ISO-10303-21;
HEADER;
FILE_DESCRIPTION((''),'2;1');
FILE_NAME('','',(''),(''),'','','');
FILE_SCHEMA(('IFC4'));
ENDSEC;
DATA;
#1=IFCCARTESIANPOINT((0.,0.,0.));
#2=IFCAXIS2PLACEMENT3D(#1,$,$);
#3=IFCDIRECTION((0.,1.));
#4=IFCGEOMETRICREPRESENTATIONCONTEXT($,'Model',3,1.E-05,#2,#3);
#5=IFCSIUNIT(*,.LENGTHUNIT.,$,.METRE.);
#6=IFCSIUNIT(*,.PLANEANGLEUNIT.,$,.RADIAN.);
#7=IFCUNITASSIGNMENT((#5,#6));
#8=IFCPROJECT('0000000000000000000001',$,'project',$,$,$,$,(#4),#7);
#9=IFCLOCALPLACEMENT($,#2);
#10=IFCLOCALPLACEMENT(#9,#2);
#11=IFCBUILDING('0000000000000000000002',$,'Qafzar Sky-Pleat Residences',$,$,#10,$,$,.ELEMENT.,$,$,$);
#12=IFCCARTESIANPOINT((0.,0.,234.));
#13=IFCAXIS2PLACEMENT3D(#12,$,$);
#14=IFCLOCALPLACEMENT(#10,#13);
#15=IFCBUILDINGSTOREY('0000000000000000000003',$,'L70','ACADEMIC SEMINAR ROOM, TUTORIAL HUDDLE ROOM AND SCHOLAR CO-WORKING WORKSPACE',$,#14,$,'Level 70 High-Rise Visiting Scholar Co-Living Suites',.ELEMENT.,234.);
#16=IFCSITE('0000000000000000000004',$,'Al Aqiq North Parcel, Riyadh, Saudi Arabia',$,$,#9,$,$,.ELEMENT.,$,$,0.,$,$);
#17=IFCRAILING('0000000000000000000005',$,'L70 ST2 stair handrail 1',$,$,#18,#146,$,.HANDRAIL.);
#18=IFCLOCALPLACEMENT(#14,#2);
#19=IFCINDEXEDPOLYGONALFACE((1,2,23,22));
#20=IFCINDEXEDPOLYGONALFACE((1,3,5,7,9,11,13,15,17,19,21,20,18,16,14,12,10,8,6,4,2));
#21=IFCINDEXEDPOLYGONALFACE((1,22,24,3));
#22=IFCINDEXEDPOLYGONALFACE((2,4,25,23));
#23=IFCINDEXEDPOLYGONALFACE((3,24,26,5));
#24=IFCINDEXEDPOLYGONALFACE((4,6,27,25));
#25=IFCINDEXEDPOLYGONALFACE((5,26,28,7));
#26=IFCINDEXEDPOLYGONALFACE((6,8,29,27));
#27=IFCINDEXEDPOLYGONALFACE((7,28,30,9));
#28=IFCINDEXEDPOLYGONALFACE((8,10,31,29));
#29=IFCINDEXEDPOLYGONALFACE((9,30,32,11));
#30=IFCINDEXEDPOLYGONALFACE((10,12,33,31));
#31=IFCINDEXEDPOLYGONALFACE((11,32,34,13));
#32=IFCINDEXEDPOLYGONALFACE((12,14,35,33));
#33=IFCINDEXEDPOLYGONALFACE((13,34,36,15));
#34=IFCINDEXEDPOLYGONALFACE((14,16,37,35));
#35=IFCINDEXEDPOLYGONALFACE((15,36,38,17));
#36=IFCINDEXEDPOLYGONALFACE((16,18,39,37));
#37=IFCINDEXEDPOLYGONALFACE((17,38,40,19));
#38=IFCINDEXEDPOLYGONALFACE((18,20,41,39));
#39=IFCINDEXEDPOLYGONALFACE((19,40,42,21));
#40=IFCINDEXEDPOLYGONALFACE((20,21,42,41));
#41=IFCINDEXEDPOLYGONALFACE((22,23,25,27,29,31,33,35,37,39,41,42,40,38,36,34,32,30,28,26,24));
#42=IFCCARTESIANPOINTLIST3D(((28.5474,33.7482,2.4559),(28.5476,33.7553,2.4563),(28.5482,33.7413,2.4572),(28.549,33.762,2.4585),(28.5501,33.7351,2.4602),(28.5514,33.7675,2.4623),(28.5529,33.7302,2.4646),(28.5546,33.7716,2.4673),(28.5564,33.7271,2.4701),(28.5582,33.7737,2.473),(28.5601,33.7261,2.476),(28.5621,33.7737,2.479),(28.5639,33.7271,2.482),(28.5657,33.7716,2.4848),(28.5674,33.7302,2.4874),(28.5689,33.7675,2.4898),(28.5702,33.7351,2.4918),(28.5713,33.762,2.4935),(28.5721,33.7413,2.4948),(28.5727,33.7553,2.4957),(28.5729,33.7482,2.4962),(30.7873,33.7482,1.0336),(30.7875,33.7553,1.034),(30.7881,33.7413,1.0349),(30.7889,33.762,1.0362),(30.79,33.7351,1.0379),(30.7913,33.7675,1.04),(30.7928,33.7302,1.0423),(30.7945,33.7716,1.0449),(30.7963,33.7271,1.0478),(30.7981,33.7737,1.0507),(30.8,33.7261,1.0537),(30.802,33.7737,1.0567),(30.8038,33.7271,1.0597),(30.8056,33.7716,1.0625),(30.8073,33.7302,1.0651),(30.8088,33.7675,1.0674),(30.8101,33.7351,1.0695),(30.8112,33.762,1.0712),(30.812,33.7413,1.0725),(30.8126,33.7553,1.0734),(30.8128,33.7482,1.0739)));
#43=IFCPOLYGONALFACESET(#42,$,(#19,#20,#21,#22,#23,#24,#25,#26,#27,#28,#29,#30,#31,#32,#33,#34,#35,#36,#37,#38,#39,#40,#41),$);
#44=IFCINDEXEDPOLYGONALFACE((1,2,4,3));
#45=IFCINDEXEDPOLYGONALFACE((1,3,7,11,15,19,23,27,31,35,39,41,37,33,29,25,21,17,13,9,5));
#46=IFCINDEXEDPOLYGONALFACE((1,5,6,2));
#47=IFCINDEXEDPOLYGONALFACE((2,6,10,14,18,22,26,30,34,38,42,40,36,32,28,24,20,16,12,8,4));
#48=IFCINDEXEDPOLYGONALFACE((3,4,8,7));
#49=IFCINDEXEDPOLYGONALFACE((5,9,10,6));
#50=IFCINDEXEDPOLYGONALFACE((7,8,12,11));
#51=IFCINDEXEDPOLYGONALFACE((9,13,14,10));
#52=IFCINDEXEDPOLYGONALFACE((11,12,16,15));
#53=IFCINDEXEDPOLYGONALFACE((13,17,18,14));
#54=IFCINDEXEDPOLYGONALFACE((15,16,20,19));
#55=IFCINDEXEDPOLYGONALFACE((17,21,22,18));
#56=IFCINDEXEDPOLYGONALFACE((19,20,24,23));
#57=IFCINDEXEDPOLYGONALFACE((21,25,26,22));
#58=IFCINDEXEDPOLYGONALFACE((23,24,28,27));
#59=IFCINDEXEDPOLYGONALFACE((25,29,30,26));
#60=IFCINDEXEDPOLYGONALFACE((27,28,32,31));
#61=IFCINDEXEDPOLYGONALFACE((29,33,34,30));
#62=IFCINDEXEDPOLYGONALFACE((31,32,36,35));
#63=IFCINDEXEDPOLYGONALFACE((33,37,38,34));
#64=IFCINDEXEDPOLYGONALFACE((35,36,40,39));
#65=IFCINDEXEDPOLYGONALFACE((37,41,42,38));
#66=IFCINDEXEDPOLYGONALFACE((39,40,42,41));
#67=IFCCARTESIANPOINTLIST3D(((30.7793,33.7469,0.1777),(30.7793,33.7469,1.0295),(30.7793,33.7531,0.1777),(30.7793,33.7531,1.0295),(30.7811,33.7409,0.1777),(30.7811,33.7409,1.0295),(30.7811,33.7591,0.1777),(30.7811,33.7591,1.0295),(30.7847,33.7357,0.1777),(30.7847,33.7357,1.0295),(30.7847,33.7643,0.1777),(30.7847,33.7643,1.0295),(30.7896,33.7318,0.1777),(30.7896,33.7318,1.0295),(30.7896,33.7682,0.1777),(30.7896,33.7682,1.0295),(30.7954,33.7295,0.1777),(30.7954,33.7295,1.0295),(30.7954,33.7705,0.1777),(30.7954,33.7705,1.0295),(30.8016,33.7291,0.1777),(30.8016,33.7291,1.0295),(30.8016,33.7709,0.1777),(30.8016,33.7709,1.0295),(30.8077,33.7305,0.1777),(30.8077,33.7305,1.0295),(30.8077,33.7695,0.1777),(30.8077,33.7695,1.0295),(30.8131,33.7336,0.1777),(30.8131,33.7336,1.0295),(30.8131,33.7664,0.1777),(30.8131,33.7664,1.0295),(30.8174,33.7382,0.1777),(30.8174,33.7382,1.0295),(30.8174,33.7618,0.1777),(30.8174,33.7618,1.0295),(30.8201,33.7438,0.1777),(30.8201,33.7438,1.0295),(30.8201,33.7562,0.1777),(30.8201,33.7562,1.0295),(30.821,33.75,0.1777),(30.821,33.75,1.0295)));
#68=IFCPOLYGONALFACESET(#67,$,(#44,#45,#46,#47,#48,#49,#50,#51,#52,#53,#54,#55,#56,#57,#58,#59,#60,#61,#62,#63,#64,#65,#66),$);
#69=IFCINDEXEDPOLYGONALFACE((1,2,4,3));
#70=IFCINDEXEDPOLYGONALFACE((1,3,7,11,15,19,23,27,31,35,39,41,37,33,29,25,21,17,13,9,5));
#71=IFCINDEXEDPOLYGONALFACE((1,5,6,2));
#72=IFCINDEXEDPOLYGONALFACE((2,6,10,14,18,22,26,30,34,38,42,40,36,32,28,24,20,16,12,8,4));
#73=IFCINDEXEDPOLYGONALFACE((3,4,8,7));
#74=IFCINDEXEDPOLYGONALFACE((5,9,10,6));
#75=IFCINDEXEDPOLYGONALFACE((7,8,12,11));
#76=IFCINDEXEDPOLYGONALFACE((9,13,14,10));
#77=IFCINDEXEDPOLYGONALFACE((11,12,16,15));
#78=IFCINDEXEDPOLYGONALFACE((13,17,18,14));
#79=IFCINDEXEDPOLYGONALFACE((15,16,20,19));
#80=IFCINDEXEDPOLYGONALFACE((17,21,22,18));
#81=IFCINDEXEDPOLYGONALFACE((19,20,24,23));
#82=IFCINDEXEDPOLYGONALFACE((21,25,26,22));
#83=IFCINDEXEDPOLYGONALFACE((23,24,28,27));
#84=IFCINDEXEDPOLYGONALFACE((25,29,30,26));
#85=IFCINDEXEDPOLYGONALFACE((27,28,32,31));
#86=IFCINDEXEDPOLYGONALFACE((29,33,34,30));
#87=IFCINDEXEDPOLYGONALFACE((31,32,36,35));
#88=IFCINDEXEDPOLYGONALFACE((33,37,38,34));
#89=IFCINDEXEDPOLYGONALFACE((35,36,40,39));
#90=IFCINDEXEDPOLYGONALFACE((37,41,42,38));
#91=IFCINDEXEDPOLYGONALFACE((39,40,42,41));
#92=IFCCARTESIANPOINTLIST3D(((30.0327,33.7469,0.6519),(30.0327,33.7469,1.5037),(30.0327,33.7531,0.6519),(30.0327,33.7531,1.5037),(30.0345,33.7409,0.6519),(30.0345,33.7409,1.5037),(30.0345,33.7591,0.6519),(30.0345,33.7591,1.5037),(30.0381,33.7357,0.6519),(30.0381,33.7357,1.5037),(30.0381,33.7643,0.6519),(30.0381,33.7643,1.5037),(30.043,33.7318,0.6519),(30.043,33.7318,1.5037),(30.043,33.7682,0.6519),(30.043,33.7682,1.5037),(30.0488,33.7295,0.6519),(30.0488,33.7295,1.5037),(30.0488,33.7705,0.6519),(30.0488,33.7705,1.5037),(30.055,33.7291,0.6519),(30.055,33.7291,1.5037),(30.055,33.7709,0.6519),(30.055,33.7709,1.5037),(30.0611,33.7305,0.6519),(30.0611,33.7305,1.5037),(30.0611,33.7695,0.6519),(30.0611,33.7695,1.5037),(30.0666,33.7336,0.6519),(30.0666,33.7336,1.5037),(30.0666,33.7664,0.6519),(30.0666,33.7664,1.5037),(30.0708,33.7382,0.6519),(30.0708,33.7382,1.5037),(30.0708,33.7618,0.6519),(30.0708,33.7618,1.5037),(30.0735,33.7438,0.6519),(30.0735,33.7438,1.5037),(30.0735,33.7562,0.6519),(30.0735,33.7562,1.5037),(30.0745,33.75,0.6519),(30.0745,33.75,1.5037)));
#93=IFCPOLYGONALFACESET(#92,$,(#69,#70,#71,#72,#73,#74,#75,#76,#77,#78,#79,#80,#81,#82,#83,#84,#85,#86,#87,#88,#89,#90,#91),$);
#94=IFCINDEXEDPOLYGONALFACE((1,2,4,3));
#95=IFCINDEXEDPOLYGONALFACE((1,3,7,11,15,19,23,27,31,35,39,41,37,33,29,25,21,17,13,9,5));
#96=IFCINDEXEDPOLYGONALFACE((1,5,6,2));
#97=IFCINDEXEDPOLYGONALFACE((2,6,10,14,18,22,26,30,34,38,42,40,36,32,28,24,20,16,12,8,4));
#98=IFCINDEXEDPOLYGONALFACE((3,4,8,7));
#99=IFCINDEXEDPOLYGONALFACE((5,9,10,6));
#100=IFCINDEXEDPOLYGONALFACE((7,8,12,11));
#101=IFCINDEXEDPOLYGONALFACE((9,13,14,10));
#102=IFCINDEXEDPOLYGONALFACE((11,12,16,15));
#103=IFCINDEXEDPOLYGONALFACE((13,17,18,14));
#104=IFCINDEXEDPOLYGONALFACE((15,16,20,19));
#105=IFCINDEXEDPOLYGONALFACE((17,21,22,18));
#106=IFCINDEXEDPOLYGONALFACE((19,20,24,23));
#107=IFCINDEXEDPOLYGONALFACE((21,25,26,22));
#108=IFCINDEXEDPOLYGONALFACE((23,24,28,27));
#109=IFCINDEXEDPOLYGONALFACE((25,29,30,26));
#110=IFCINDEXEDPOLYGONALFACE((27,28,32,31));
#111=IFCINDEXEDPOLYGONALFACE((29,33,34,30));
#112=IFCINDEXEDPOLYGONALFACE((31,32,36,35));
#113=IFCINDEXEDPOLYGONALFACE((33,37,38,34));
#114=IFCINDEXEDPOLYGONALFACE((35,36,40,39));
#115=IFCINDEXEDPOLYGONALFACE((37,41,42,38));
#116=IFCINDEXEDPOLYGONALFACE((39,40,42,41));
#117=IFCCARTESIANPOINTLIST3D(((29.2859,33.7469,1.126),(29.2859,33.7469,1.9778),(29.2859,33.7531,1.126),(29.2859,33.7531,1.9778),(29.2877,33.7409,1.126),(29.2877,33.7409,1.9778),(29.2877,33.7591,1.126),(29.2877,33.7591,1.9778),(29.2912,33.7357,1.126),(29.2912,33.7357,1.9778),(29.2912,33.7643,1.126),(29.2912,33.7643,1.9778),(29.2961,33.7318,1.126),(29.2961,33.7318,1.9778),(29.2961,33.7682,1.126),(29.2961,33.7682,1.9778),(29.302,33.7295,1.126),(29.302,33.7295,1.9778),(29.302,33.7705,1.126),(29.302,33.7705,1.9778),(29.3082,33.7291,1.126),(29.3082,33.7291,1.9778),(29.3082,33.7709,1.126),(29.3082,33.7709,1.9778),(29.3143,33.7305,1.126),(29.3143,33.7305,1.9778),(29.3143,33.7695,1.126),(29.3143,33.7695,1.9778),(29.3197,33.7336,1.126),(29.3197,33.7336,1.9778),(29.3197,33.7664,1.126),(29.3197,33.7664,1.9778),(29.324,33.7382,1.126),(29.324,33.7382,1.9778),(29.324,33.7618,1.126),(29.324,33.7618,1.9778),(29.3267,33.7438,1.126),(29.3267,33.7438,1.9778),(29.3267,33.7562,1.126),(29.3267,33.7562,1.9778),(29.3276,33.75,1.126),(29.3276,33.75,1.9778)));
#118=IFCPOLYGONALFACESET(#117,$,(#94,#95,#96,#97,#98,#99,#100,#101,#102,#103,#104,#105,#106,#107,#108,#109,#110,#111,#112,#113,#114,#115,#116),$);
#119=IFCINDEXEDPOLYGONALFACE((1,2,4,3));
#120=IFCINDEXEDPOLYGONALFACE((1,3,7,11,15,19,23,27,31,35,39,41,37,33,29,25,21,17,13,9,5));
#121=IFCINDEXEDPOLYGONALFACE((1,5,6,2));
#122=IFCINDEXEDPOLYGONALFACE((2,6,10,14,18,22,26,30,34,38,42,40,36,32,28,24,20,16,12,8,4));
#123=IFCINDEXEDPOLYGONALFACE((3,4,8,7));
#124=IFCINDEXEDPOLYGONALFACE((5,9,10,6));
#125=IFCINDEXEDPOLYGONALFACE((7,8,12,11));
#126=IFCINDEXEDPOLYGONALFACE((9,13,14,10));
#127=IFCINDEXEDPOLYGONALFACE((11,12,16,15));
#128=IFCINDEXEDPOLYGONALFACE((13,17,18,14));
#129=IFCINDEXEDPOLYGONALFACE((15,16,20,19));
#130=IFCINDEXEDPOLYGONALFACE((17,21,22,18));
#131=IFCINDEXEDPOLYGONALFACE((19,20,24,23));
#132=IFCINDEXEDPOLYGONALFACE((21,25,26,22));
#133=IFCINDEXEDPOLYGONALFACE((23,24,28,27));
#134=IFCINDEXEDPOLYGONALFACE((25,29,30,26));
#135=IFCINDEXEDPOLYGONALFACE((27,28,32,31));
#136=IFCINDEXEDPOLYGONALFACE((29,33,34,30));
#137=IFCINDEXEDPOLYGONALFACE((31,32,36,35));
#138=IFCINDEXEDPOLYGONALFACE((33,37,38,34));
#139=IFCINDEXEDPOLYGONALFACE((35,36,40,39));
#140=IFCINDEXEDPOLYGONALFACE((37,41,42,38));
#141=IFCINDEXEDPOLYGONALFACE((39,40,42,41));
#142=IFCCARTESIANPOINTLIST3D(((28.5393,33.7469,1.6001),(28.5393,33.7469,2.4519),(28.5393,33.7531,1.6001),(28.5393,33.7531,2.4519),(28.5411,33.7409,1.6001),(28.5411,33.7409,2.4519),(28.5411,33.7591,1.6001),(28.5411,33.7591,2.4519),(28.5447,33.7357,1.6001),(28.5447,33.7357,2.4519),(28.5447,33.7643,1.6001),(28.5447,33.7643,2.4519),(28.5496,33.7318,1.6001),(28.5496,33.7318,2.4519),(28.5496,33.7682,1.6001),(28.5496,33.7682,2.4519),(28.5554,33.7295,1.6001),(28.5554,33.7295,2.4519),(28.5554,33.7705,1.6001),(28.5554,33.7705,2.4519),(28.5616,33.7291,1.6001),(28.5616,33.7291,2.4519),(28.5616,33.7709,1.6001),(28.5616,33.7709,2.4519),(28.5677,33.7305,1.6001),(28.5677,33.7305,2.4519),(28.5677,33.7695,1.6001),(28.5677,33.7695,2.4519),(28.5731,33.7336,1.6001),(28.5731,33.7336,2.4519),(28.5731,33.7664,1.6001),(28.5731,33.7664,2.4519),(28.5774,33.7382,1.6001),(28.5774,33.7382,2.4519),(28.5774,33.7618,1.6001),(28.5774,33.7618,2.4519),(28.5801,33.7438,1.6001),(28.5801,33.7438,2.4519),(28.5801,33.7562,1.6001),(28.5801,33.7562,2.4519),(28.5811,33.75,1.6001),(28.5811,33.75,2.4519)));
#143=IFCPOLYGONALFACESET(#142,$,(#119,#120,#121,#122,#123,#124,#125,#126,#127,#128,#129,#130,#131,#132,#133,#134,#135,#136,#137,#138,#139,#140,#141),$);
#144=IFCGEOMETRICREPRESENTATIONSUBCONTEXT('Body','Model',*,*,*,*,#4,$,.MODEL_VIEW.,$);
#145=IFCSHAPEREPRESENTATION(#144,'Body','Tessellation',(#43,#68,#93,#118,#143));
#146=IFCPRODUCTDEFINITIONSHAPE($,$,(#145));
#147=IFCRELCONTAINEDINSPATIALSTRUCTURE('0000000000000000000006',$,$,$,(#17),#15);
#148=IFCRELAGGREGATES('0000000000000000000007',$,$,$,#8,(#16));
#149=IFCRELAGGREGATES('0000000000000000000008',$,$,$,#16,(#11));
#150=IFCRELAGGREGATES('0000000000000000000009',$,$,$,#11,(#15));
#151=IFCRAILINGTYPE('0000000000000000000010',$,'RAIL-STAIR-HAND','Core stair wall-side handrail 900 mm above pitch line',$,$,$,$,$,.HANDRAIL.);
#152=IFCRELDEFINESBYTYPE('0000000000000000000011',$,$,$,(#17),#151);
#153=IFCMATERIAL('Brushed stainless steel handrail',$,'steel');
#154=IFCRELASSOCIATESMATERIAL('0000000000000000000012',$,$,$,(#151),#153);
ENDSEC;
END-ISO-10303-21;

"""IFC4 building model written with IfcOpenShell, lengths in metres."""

from ifc_helpers import new_model, si_unit, direction, frame, origin, origin_2d, place, context, subcontext, project, spatial, circle, extrude, source, transform, mapped, material, type_object, element, save


model = new_model("IFC4")

# Units and contexts
model_context = context("Model", 3, precision=1e-05, world=origin(), true_north=direction((0.0, 1.0)))
body_context = subcontext(model_context, "Body", "Model", "MODEL_VIEW")
ifc_project = project(units=[si_unit("LENGTHUNIT", "METRE"), si_unit("PLANEANGLEUNIT", "RADIAN")], contexts=[model_context])

# Site, building, storey
site_placement = place(None, origin())
site = spatial("IfcSite", under=ifc_project, at=site_placement, Name="Al Aqiq North Parcel, Riyadh, Saudi Arabia", CompositionType="ELEMENT", RefElevation=0.0)
building_placement = place(site_placement, origin())
building = spatial("IfcBuilding", under=site, at=building_placement, Name="Qafzar Sky-Pleat Residences", CompositionType="ELEMENT")
storey_placement = place(building_placement, frame((0.0, 0.0, 234.0)))
storey = spatial("IfcBuildingStorey", under=building, at=storey_placement, Name="L70", Description="ACADEMIC SEMINAR ROOM, TUTORIAL HUDDLE ROOM AND SCHOLAR CO-WORKING WORKSPACE", LongName="Level 70 High-Rise Visiting Scholar Co-Living Suites", CompositionType="ELEMENT", Elevation=234.0)

# Railing
ifc_material_1 = material(Name="Brushed stainless steel handrail", Category="steel")
railing_type_1 = type_object("IfcRailingType", Name="RAIL-STAIR-HAND", Description="Core stair wall-side handrail 900 mm above pitch line", PredefinedType="HANDRAIL", material=ifc_material_1)
shared_shape_1 = source(origin(), body_context, "Body", "SweptSolid", [
    extrude(circle(Radius=0.0239, at=origin_2d()), frame((0.0, 0.0, 0.876), z_axis=(-0.844188, 0.0, 0.536048), x_axis=(0.0, -1.0, 0.0)), (0.0, 0.0, 1.0), 2.6533),
    extrude(circle(Radius=0.021, at=origin_2d()), origin(), (0.0, 0.0, 1.0), 0.8518),
    extrude(circle(Radius=0.021, at=origin_2d()), frame((-0.7466, 0.0, 0.4741)), (0.0, 0.0, 1.0), 0.8518),
    extrude(circle(Radius=0.021, at=origin_2d()), frame((-1.4934, 0.0, 0.9482)), (0.0, 0.0, 1.0), 0.8518),
    extrude(circle(Radius=0.021, at=origin_2d()), frame((-2.24, 0.0, 1.4224)), (0.0, 0.0, 1.0), 0.8518),
])
railing_1_placement = place(storey_placement, frame((30.8, 33.75, 0.1777)))
element("IfcRailing", 1, at=railing_1_placement, inside=storey, type_object=railing_type_1, Name="L70 ST2 stair handrail 1", PredefinedType="HANDRAIL", context=body_context, shape_type="MappedRepresentation", body=[
    mapped(shared_shape_1, transform((0.0, 0.0, 0.0), x_axis=(1.0, 0.0, 0.0), y_axis=(0.0, 1.0, 0.0), z_axis=(0.0, 0.0, 1.0), scale=1.0)),
])

save(model, "model.ifc")
